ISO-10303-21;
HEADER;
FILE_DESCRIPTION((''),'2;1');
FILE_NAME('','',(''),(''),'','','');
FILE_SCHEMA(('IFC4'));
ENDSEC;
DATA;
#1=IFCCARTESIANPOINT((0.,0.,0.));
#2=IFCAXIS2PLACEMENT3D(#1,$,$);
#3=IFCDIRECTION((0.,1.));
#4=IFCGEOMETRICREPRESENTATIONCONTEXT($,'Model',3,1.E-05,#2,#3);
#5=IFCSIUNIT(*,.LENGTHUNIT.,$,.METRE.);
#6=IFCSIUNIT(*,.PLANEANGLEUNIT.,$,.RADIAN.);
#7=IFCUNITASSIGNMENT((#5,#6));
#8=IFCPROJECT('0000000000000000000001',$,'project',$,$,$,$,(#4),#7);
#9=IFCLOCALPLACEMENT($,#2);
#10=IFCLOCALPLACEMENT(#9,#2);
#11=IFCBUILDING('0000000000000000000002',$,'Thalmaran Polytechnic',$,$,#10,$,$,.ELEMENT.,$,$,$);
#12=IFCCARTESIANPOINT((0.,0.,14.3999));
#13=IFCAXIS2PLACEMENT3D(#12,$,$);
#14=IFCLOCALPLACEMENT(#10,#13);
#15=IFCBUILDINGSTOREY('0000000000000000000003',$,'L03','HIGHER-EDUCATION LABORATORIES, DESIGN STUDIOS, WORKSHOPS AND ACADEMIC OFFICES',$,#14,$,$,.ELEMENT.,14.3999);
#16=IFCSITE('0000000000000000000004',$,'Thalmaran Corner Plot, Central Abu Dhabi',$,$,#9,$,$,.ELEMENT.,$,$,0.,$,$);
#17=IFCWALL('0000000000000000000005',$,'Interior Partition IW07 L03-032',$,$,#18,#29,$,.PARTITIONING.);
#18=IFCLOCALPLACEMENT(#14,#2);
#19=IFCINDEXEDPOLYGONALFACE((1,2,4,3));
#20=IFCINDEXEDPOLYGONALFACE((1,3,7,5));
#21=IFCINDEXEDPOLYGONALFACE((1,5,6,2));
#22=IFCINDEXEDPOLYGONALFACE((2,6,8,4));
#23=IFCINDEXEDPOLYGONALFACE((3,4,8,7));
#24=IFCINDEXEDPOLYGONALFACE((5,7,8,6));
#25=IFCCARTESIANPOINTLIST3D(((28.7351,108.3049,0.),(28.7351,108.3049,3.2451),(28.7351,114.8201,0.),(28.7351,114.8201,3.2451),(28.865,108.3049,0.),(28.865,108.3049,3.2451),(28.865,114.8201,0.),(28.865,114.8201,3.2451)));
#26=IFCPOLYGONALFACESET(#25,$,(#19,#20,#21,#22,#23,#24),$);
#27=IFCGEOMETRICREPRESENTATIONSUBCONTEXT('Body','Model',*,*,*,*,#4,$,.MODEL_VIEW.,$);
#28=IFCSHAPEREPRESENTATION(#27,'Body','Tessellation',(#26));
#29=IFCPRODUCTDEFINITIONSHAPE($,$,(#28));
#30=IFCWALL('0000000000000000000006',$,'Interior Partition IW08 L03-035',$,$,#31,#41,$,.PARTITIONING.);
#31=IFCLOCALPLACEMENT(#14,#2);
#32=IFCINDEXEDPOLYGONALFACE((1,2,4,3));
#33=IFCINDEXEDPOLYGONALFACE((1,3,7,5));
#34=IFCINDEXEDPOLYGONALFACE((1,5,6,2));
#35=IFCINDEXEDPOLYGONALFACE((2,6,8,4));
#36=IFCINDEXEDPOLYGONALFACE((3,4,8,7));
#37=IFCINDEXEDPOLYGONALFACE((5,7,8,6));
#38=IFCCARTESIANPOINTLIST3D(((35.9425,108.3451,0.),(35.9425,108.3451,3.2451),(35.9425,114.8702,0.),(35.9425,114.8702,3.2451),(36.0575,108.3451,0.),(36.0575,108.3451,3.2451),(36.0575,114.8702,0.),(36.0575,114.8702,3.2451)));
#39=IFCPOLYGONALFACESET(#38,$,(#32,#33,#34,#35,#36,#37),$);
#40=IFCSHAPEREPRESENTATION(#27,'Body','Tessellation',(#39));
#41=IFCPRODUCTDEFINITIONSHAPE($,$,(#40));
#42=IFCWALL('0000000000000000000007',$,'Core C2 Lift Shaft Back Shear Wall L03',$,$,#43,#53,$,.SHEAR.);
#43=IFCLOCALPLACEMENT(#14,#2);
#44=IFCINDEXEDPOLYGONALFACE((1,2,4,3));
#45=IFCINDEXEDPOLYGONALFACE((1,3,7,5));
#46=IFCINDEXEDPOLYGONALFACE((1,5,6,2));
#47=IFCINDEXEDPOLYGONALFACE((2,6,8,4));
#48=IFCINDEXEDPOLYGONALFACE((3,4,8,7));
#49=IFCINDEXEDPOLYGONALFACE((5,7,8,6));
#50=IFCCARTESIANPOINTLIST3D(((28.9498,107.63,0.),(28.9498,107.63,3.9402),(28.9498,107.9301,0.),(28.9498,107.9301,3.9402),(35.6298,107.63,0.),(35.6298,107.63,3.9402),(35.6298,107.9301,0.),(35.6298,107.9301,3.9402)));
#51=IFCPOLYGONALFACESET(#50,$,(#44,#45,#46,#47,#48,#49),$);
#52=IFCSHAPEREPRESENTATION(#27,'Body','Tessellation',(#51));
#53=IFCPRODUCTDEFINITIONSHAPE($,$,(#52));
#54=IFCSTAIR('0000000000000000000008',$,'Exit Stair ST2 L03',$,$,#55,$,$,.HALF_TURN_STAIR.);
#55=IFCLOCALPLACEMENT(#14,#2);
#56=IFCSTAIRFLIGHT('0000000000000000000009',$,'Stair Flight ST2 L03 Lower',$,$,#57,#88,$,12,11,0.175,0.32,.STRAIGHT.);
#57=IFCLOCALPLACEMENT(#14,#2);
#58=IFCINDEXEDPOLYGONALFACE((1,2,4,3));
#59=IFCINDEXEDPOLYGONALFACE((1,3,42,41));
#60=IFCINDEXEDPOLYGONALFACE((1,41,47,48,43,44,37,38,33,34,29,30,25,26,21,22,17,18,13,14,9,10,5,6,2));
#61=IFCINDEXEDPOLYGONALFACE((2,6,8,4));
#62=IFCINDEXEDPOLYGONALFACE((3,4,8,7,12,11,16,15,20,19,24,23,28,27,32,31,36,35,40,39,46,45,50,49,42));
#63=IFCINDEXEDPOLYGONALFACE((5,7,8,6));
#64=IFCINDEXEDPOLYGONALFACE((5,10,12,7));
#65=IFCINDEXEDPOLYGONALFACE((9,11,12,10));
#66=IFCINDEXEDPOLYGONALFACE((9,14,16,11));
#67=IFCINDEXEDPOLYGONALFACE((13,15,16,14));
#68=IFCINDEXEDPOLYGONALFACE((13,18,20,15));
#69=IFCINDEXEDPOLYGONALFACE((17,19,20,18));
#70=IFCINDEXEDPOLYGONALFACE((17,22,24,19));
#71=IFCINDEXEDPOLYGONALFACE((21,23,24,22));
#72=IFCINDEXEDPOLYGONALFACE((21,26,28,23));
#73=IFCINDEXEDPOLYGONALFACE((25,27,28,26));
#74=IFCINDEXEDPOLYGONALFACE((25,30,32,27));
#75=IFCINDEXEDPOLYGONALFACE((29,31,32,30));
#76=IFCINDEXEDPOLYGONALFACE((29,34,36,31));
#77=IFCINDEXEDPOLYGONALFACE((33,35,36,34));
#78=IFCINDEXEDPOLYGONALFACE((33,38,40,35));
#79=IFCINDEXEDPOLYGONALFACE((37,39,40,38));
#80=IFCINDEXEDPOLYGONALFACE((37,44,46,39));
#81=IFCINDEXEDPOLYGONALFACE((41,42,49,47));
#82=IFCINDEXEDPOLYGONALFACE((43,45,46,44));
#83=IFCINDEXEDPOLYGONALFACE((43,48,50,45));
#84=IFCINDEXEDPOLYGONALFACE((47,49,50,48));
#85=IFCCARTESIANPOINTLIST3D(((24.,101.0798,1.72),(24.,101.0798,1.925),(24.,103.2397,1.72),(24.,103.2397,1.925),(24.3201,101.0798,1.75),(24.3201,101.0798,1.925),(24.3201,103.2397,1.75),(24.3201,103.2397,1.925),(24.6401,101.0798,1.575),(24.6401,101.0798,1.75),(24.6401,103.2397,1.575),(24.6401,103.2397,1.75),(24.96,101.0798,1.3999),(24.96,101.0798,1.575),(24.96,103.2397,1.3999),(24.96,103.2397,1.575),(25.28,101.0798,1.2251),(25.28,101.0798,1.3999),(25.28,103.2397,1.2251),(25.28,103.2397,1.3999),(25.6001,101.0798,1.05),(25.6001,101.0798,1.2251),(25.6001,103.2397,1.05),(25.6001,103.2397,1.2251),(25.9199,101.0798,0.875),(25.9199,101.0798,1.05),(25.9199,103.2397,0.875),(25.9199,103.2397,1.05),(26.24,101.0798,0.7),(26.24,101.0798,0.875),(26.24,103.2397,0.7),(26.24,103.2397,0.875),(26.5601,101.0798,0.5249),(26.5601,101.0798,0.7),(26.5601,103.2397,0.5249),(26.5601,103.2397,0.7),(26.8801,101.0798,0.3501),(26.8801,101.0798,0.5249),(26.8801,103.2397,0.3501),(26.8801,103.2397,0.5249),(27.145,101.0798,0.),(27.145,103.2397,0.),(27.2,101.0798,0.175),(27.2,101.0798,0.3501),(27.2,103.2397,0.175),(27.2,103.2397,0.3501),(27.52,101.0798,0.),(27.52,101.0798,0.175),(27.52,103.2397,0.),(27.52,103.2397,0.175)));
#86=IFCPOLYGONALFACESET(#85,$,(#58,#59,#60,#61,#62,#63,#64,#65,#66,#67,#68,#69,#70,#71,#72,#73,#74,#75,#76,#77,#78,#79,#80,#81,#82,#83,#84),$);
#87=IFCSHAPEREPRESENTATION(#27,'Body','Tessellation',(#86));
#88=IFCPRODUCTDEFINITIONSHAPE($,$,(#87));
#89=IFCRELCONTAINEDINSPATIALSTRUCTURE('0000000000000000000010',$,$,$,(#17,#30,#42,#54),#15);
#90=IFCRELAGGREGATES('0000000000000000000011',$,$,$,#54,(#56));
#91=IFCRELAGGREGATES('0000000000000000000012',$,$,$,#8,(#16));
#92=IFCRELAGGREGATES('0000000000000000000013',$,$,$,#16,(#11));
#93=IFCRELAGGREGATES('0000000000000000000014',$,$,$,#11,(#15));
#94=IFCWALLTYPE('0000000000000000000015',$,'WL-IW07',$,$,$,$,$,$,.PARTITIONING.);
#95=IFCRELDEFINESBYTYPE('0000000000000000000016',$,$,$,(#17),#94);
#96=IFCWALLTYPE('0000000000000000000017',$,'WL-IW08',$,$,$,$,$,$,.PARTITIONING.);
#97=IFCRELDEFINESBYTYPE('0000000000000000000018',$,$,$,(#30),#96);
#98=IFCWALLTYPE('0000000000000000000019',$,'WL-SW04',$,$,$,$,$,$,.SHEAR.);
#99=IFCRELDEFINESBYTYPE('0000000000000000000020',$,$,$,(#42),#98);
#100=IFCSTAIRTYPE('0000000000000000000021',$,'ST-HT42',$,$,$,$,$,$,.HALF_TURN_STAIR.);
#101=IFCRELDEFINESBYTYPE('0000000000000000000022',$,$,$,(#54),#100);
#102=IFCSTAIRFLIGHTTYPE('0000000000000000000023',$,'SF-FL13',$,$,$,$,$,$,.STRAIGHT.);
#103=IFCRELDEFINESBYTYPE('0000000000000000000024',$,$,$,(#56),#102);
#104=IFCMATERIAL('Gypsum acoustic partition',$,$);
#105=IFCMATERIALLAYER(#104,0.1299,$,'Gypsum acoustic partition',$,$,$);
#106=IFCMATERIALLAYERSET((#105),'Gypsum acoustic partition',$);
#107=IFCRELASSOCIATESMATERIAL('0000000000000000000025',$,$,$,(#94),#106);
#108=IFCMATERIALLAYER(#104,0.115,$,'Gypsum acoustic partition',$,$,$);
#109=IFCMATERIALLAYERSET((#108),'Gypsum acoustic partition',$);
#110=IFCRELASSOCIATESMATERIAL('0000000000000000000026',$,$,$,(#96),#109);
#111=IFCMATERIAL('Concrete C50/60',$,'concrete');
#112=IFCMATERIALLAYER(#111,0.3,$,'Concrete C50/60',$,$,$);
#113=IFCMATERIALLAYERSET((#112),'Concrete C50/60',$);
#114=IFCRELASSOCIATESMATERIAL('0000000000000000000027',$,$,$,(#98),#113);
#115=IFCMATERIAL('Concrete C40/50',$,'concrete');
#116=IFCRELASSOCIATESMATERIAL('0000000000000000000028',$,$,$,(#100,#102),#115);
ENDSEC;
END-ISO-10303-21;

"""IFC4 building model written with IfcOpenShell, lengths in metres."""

from ifc_helpers import new_model, si_unit, direction, frame, frame_2d, origin, place, context, subcontext, project, spatial, polyline, rectangle, outline, extrude, material, layer, layer_set, type_object, element, aggregate, save


model = new_model("IFC4")

# Units and contexts
model_context = context("Model", 3, precision=1e-05, world=origin(), true_north=direction((0.0, 1.0)))
body_context = subcontext(model_context, "Body", "Model", "MODEL_VIEW")
ifc_project = project(units=[si_unit("LENGTHUNIT", "METRE"), si_unit("PLANEANGLEUNIT", "RADIAN")], contexts=[model_context])

# Site, building, storey
site_placement = place(None, origin())
site = spatial("IfcSite", under=ifc_project, at=site_placement, Name="Thalmaran Corner Plot, Central Abu Dhabi", CompositionType="ELEMENT", RefElevation=0.0)
building_placement = place(site_placement, origin())
building = spatial("IfcBuilding", under=site, at=building_placement, Name="Thalmaran Polytechnic", CompositionType="ELEMENT")
storey_placement = place(building_placement, frame((0.0, 0.0, 14.3999)))
storey = spatial("IfcBuildingStorey", under=building, at=storey_placement, Name="L03", Description="HIGHER-EDUCATION LABORATORIES, DESIGN STUDIOS, WORKSHOPS AND ACADEMIC OFFICES", CompositionType="ELEMENT", Elevation=14.3999)

# Shared definitions
ifc_material_1 = material(Name="Concrete C40/50", Category="concrete")

# Walls
ifc_material_2 = material(Name="Gypsum acoustic partition")
ifc_layer_1 = layer(ifc_material_2, 0.1299, Name="Gypsum acoustic partition")
ifc_layer_set_1 = layer_set([ifc_layer_1], Name="Gypsum acoustic partition")
wall_type_1 = type_object("IfcWallType", Name="WL-IW07", PredefinedType="PARTITIONING", material=ifc_layer_set_1)
wall_1_placement = place(storey_placement, frame((28.8, 108.3049, 0.0), z_axis=(0.0, 0.0, 1.0), x_axis=(0.0, 1.0, 0.0)))
element("IfcWall", 1, at=wall_1_placement, inside=storey, type_object=wall_type_1, Name="Interior Partition IW07 L03-032", PredefinedType="PARTITIONING", context=body_context, shape_type="SweptSolid", body=[
    extrude(rectangle(XDim=6.5151, YDim=0.1299, at=frame_2d((3.2576, 0.0))), origin(), (0.0, 0.0, 1.0), 3.2451),
])
ifc_layer_2 = layer(ifc_material_2, 0.115, Name="Gypsum acoustic partition")
ifc_layer_set_2 = layer_set([ifc_layer_2], Name="Gypsum acoustic partition")
wall_type_2 = type_object("IfcWallType", Name="WL-IW08", PredefinedType="PARTITIONING", material=ifc_layer_set_2)
wall_2_placement = place(storey_placement, frame((36.0, 108.345, 0.0), z_axis=(0.0, 0.0, 1.0), x_axis=(0.0, 1.0, 0.0)))
element("IfcWall", 2, at=wall_2_placement, inside=storey, type_object=wall_type_2, Name="Interior Partition IW08 L03-035", PredefinedType="PARTITIONING", context=body_context, shape_type="SweptSolid", body=[
    extrude(rectangle(XDim=6.5251, YDim=0.115, at=frame_2d((3.2627, 0.0))), origin(), (0.0, 0.0, 1.0), 3.2451),
])
ifc_material_3 = material(Name="Concrete C50/60", Category="concrete")
ifc_layer_3 = layer(ifc_material_3, 0.3, Name="Concrete C50/60")
ifc_layer_set_3 = layer_set([ifc_layer_3], Name="Concrete C50/60")
wall_type_3 = type_object("IfcWallType", Name="WL-SW04", PredefinedType="SHEAR", material=ifc_layer_set_3)
wall_3_placement = place(storey_placement, frame((28.95, 107.78, 0.0), z_axis=(0.0, 0.0, 1.0), x_axis=(1.0, 0.0, 0.0)))
element("IfcWall", 3, at=wall_3_placement, inside=storey, type_object=wall_type_3, Name="Core C2 Lift Shaft Back Shear Wall L03", PredefinedType="SHEAR", context=body_context, shape_type="SweptSolid", body=[
    extrude(rectangle(XDim=6.6799, YDim=0.3, at=frame_2d((3.3398, 0.0))), origin(), (0.0, 0.0, 1.0), 3.9402),
])

# Stair, stair flight
stair_type = type_object("IfcStairType", Name="ST-HT42", PredefinedType="HALF_TURN_STAIR", material=ifc_material_1)
stair_placement = place(storey_placement, origin())
stair = element("IfcStair", 4, at=stair_placement, inside=storey, type_object=stair_type, Name="Exit Stair ST2 L03", PredefinedType="HALF_TURN_STAIR")
stair_flight_type = type_object("IfcStairFlightType", Name="SF-FL13", PredefinedType="STRAIGHT", material=ifc_material_1)
stair_flight_placement = place(storey_placement, frame((27.52, 102.1599, 0.0), z_axis=(0.0, 0.0, 1.0), x_axis=(-1.0, 0.0, 0.0)))
stair_flight = element("IfcStairFlight", 5, at=stair_flight_placement, type_object=stair_flight_type, Name="Stair Flight ST2 L03 Lower", NumberOfRisers=12, NumberOfTreads=11, PredefinedType="STRAIGHT", RiserHeight=0.175, TreadLength=0.32, context=body_context, shape_type="SweptSolid", body=[
    extrude(outline(polyline([(0.0, 0.0), (0.0, 0.175), (0.3201, 0.175), (0.3201, 0.3501), (0.6399, 0.3501), (0.6399, 0.5249), (0.96, 0.5249), (0.96, 0.7), (1.28, 0.7), (1.28, 0.875), (1.6001, 0.875), (1.6001, 1.05), (1.9199, 1.05), (1.9199, 1.2251), (2.24, 1.2251), (2.24, 1.3999), (2.5601, 1.3999), (2.5601, 1.575), (2.8799, 1.575), (2.8799, 1.75), (3.2, 1.75), (3.2, 1.925), (3.52, 1.925), (3.52, 2.1001), (3.52, 1.72), (0.375, 0.0), (0.0, 0.0)])), frame((0.0, 1.0801, 0.0), z_axis=(0.0, -1.0, 0.0), x_axis=(1.0, 0.0, 0.0)), (0.0, 0.0, 1.0), 2.1599),
])
aggregate(stair, [stair_flight])

save(model, "model.ifc")
